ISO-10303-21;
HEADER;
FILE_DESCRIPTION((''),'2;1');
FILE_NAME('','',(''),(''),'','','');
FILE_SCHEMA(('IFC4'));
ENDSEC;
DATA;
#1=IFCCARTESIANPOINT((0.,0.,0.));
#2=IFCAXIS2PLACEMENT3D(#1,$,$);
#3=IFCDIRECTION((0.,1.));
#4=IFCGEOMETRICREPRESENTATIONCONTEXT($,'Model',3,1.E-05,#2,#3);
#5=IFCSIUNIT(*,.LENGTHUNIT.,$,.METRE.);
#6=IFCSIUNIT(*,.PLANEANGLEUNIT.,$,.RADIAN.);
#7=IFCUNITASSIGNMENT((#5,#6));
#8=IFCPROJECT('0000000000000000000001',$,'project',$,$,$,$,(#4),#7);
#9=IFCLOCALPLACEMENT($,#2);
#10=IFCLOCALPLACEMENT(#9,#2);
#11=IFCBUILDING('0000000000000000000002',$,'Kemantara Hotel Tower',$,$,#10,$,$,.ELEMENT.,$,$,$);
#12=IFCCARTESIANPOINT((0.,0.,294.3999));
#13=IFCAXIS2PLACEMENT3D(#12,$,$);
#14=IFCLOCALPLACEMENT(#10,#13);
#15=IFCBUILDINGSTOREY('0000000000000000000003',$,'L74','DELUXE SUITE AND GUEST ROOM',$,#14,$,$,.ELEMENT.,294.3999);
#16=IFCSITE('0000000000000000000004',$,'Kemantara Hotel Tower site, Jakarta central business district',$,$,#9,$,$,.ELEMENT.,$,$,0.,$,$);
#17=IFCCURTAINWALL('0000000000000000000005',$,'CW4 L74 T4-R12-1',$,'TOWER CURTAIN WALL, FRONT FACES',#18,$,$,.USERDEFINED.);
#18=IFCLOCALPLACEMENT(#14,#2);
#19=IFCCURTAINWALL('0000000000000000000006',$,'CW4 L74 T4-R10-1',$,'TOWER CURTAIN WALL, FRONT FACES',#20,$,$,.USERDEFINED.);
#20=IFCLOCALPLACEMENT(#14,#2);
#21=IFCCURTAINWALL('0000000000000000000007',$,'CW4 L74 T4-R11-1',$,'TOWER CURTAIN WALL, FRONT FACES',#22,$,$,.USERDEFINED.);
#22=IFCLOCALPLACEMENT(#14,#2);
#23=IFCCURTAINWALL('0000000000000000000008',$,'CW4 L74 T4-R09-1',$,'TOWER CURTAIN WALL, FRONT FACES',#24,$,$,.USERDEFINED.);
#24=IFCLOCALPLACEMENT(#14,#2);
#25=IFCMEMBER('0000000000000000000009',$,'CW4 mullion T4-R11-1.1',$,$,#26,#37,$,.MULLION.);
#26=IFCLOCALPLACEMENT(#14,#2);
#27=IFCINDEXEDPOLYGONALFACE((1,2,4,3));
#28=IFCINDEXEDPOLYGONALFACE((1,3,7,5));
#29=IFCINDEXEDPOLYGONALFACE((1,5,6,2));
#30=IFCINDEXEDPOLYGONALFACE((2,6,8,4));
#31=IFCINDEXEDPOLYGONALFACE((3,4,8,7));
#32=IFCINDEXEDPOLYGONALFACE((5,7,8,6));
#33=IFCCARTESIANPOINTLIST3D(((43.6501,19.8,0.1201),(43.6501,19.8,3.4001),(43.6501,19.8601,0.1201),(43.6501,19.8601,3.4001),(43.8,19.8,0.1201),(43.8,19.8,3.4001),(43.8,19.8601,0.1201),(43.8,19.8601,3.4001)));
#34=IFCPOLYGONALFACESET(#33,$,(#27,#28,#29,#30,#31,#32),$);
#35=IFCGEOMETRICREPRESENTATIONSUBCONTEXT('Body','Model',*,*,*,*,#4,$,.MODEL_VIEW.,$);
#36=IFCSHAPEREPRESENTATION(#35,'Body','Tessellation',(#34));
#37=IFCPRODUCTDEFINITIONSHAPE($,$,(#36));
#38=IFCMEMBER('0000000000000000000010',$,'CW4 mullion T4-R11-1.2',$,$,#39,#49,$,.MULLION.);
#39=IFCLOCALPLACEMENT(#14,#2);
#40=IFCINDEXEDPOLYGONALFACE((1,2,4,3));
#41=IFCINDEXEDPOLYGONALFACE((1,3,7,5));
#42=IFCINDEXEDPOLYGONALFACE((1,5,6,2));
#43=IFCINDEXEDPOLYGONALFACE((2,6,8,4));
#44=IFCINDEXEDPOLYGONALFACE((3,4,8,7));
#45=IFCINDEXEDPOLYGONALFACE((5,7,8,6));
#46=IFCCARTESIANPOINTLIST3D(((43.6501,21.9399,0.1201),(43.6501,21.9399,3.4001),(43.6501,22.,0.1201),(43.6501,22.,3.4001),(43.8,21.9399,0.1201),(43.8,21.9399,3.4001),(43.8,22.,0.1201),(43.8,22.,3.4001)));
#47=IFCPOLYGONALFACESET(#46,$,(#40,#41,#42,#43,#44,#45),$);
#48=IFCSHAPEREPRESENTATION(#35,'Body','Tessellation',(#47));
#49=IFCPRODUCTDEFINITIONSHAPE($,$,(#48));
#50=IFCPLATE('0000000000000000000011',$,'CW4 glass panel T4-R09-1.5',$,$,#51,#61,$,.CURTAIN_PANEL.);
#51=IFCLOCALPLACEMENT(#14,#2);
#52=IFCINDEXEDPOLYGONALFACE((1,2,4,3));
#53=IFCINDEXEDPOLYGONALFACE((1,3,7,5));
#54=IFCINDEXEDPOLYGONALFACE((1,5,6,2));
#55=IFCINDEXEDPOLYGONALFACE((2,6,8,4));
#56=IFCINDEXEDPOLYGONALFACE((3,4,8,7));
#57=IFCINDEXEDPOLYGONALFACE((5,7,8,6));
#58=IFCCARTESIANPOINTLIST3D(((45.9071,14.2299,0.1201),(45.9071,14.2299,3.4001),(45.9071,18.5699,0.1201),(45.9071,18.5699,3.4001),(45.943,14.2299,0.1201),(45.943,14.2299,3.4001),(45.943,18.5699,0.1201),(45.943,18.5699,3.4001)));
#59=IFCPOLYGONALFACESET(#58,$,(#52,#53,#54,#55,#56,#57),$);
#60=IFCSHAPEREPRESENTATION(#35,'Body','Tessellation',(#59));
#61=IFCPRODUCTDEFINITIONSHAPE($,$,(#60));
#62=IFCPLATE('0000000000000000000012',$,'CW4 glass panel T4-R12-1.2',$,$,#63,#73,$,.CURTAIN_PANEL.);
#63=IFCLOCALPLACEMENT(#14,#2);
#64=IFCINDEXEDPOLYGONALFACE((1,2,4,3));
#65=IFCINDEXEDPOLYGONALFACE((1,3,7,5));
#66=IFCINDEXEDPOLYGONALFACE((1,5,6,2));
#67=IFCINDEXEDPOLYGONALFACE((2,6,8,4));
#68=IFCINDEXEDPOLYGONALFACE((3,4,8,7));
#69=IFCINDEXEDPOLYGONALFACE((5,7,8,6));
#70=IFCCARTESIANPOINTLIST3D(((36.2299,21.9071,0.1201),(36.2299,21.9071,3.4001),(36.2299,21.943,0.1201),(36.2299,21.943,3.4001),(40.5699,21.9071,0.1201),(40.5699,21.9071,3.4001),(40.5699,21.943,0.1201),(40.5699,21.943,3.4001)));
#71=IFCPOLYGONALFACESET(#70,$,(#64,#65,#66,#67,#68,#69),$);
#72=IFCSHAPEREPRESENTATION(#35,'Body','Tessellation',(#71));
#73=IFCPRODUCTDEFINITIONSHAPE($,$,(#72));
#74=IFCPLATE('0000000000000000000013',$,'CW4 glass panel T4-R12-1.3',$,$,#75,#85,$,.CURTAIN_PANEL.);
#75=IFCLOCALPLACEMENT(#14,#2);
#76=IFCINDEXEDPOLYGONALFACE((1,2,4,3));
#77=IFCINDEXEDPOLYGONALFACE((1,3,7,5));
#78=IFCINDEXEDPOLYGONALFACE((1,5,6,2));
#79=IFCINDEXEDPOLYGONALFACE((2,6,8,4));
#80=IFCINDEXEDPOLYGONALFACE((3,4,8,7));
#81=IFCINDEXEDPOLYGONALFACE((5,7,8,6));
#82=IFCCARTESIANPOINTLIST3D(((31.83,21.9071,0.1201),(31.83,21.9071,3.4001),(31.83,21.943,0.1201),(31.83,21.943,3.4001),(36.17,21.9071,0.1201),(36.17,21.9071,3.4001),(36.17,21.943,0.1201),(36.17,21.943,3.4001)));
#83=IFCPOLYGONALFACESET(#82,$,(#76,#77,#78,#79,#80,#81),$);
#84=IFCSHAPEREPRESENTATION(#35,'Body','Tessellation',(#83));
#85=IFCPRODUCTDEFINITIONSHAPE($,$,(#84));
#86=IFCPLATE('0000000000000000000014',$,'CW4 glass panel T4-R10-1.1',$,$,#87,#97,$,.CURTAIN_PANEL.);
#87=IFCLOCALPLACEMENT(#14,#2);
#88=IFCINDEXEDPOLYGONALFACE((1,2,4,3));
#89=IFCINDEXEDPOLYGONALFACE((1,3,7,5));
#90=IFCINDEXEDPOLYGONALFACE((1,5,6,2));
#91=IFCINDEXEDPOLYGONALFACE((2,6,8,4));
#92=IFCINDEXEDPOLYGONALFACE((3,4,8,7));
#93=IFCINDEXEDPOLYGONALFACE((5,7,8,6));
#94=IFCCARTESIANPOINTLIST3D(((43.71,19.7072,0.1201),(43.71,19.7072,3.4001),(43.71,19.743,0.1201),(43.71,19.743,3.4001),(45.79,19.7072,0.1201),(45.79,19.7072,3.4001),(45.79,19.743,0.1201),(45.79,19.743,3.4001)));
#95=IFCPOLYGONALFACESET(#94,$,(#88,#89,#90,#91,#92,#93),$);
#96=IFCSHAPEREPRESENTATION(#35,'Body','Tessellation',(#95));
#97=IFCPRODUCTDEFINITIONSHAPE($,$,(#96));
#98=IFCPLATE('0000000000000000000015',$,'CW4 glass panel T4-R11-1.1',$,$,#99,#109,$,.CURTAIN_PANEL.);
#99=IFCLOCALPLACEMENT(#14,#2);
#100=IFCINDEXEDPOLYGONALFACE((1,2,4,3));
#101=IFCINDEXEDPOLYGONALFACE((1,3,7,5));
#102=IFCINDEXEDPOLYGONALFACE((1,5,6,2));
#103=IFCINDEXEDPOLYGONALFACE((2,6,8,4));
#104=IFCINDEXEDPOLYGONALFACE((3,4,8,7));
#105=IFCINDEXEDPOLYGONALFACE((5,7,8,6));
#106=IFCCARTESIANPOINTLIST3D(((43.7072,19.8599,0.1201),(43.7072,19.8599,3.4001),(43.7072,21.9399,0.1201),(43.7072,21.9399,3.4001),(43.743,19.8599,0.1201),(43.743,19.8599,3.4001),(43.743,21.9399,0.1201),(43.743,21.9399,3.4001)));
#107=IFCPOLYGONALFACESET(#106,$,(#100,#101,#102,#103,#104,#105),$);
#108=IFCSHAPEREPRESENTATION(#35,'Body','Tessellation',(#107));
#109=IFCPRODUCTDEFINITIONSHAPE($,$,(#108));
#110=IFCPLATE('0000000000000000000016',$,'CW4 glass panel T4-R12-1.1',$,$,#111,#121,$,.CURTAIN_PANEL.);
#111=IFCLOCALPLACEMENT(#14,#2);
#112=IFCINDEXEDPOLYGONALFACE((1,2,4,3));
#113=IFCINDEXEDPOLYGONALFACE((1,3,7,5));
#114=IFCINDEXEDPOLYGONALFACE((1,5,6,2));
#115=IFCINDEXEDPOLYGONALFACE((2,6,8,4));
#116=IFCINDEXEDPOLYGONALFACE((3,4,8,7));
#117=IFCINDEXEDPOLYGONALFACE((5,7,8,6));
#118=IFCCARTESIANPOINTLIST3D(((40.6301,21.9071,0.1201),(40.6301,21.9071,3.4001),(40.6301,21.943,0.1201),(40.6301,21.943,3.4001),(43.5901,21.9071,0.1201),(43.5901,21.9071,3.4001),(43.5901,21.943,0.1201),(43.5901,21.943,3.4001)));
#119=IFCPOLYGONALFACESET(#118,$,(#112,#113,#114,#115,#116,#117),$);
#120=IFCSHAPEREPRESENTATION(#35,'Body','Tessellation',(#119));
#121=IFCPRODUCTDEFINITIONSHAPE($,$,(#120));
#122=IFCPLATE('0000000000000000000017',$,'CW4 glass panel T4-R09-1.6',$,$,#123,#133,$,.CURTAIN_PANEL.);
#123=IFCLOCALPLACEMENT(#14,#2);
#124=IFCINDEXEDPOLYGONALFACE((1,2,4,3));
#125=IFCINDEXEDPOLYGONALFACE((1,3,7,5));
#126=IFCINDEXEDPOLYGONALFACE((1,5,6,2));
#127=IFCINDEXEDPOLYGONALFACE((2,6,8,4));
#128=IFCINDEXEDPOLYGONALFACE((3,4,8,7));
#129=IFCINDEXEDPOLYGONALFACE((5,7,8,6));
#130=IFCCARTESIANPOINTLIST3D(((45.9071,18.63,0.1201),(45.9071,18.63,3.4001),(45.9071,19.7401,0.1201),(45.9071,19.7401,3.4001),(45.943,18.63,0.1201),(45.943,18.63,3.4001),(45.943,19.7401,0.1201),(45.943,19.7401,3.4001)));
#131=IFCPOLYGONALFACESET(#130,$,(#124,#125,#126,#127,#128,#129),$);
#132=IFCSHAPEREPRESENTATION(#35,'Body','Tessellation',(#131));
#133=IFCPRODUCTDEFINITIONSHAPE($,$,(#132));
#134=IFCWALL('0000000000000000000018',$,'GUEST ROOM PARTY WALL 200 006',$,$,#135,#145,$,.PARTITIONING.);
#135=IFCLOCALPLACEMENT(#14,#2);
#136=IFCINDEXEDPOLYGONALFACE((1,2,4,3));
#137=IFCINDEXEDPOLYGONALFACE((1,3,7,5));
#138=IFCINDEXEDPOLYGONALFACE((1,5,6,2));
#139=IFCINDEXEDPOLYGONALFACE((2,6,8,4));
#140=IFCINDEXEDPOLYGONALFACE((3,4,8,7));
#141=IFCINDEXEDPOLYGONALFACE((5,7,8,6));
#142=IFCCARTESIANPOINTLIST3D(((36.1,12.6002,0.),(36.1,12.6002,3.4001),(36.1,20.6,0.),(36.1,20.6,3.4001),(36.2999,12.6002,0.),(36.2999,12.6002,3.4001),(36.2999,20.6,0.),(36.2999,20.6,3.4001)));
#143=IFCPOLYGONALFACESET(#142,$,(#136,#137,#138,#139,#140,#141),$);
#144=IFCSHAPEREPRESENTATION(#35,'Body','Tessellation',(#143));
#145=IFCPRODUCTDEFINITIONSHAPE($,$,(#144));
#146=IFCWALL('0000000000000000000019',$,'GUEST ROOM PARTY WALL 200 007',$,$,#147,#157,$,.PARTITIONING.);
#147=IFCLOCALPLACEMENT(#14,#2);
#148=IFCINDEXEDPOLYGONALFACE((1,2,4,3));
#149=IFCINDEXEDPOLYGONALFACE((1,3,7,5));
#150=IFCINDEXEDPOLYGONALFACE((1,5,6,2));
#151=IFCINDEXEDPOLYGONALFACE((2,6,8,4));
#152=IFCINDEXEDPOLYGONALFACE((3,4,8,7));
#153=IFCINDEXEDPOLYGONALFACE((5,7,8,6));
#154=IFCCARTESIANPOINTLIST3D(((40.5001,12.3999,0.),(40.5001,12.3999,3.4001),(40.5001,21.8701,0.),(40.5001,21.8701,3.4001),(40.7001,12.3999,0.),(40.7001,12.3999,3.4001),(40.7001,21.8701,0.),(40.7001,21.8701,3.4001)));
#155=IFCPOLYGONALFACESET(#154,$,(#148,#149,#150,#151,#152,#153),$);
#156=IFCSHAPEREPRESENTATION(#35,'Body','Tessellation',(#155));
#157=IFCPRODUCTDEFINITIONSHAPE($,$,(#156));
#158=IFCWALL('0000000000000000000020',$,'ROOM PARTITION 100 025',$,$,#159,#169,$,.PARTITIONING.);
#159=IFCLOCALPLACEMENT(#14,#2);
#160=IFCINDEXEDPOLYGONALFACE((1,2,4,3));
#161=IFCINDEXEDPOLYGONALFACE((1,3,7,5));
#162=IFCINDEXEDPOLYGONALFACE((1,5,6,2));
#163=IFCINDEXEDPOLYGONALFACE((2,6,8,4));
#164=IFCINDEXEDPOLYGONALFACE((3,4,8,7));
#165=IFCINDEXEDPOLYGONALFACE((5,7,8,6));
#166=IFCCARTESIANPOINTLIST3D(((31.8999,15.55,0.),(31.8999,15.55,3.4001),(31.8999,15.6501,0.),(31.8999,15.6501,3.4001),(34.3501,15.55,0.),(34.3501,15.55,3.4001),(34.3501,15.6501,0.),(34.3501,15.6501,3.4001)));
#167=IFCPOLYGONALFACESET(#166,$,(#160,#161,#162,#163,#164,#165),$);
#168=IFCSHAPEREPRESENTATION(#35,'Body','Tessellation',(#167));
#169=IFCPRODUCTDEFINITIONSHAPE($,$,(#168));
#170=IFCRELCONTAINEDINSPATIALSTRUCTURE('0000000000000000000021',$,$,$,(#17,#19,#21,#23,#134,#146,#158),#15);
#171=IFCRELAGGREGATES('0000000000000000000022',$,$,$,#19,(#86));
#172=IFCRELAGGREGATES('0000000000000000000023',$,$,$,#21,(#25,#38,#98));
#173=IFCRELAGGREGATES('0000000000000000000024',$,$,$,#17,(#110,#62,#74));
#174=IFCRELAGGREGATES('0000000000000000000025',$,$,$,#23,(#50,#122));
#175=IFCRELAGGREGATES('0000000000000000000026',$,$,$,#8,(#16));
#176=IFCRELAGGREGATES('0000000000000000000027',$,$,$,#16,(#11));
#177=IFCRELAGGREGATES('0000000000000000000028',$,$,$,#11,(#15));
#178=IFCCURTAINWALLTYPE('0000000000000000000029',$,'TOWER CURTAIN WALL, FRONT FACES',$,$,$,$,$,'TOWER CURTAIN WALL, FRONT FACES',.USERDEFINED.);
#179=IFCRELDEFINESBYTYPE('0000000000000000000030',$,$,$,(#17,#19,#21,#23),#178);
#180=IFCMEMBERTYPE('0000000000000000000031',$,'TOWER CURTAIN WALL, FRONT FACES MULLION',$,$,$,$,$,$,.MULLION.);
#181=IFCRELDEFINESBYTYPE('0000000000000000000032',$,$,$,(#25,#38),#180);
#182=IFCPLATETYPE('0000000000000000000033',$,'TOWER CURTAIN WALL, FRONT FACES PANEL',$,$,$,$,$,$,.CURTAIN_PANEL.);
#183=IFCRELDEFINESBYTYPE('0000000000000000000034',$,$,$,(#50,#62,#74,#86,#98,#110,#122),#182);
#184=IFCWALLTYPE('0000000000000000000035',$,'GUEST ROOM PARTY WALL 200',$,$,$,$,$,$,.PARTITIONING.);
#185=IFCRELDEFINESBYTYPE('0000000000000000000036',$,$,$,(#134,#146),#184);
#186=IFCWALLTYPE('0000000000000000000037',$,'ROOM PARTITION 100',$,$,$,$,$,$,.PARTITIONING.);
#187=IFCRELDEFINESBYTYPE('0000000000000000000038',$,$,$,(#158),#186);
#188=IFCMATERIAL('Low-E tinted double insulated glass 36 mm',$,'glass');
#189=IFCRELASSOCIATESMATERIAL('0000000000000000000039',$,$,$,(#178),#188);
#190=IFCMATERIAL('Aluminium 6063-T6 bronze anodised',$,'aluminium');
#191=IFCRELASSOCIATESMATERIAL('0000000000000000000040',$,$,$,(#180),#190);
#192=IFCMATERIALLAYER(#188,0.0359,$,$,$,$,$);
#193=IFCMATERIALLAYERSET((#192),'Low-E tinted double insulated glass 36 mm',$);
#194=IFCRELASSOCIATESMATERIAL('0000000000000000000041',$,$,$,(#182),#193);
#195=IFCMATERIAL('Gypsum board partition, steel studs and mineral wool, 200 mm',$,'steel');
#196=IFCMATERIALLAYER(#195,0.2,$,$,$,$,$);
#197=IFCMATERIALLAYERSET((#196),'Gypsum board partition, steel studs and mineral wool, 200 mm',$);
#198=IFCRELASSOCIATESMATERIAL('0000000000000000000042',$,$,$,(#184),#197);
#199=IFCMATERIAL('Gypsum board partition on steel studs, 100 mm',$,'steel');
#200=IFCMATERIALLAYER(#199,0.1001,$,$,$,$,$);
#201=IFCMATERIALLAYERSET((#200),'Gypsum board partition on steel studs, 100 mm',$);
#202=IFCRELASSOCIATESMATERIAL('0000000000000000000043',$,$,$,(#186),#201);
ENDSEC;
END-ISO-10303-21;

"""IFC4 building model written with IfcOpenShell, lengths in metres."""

from ifc_helpers import new_model, si_unit, direction, frame, frame_2d, origin, origin_2d, place, context, subcontext, project, spatial, rectangle, extrude, source, transform, mapped, material, layer, layer_set, material_profile, profile_set, type_object, element, aggregate, save


model = new_model("IFC4")

# Units and contexts
model_context = context("Model", 3, precision=1e-05, world=origin(), true_north=direction((0.0, 1.0)))
body_context = subcontext(model_context, "Body", "Model", "MODEL_VIEW")
ifc_project = project(units=[si_unit("LENGTHUNIT", "METRE"), si_unit("PLANEANGLEUNIT", "RADIAN")], contexts=[model_context])

# Site, building, storey
site_placement = place(None, origin())
site = spatial("IfcSite", under=ifc_project, at=site_placement, Name="Kemantara Hotel Tower site, Jakarta central business district", CompositionType="ELEMENT", RefElevation=0.0)
building_placement = place(site_placement, origin())
building = spatial("IfcBuilding", under=site, at=building_placement, Name="Kemantara Hotel Tower", CompositionType="ELEMENT")
storey_placement = place(building_placement, frame((0.0, 0.0, 294.3999)))
storey = spatial("IfcBuildingStorey", under=building, at=storey_placement, Name="L74", Description="DELUXE SUITE AND GUEST ROOM", CompositionType="ELEMENT", Elevation=294.3999)

# Curtain walls
ifc_material_1 = material(Name="Low-E tinted double insulated glass 36 mm", Category="glass")
curtain_wall_type = type_object("IfcCurtainWallType", Name="TOWER CURTAIN WALL, FRONT FACES", ElementType="TOWER CURTAIN WALL, FRONT FACES", PredefinedType="USERDEFINED", material=ifc_material_1)
curtain_wall_1_placement = place(storey_placement, origin())
curtain_wall_1 = element("IfcCurtainWall", 1, at=curtain_wall_1_placement, inside=storey, type_object=curtain_wall_type, Name="CW4 L74 T4-R12-1", ObjectType="TOWER CURTAIN WALL, FRONT FACES", PredefinedType="USERDEFINED")
ifc_material_2 = material(Name="Aluminium 6063-T6 bronze anodised", Category="aluminium")
curtain_wall_2_placement = place(storey_placement, origin())
curtain_wall_2 = element("IfcCurtainWall", 2, at=curtain_wall_2_placement, inside=storey, type_object=curtain_wall_type, Name="CW4 L74 T4-R10-1", ObjectType="TOWER CURTAIN WALL, FRONT FACES", PredefinedType="USERDEFINED")
curtain_wall_3_placement = place(storey_placement, origin())
curtain_wall_3 = element("IfcCurtainWall", 3, at=curtain_wall_3_placement, inside=storey, type_object=curtain_wall_type, Name="CW4 L74 T4-R11-1", ObjectType="TOWER CURTAIN WALL, FRONT FACES", PredefinedType="USERDEFINED")

# Curtain wall
curtain_wall_4_placement = place(storey_placement, origin())
curtain_wall_4 = element("IfcCurtainWall", 4, at=curtain_wall_4_placement, inside=storey, type_object=curtain_wall_type, Name="CW4 L74 T4-R09-1", ObjectType="TOWER CURTAIN WALL, FRONT FACES", PredefinedType="USERDEFINED")
ifc_material_profile_1 = material_profile(ifc_material_2, rectangle(XDim=0.1499, YDim=0.0601, at=origin_2d()), Name="TOWER CURTAIN WALL, FRONT FACES MULLION")
ifc_profile_set_1 = profile_set([ifc_material_profile_1], Name="Aluminium 6063-T6 bronze anodised")
member_type_1 = type_object("IfcMemberType", Name="TOWER CURTAIN WALL, FRONT FACES MULLION", PredefinedType="MULLION", material=ifc_profile_set_1)
shared_shape_1 = source(origin(), body_context, "Body", "SweptSolid", [
    extrude(rectangle(XDim=0.1499, YDim=0.0601, at=origin_2d()), origin(), (0.0, 0.0, 1.0), 3.28),
])

# Members
member_1_placement = place(storey_placement, frame((43.7251, 19.8301, 0.1201), z_axis=(0.0, 0.0, 1.0), x_axis=(-1.0, 0.0, 0.0)))
member_1 = element("IfcMember", 5, at=member_1_placement, type_object=member_type_1, Name="CW4 mullion T4-R11-1.1", PredefinedType="MULLION", context=body_context, shape_type="MappedRepresentation", body=[
    mapped(shared_shape_1, transform((0.0, 0.0, 0.0))),
])
member_2_placement = place(storey_placement, frame((43.7251, 21.97, 0.1201), z_axis=(0.0, 0.0, 1.0), x_axis=(-1.0, 0.0, 0.0)))
member_2 = element("IfcMember", 6, at=member_2_placement, type_object=member_type_1, Name="CW4 mullion T4-R11-1.2", PredefinedType="MULLION", context=body_context, shape_type="MappedRepresentation", body=[
    mapped(shared_shape_1, transform((0.0, 0.0, 0.0))),
])

# Plates
ifc_layer_1 = layer(ifc_material_1, 0.0359)
ifc_layer_set_1 = layer_set([ifc_layer_1], Name="Low-E tinted double insulated glass 36 mm")
plate_type = type_object("IfcPlateType", Name="TOWER CURTAIN WALL, FRONT FACES PANEL", PredefinedType="CURTAIN_PANEL", material=ifc_layer_set_1)
shared_shape_2 = source(origin(), body_context, "Body", "SweptSolid", [
    extrude(rectangle(XDim=4.3401, YDim=0.0359, at=origin_2d()), origin(), (0.0, 0.0, 1.0), 3.28),
])
plate_1_placement = place(storey_placement, frame((45.925, 16.3999, 0.1201), z_axis=(0.0, 0.0, 1.0), x_axis=(0.0, 1.0, 0.0)))
plate_1 = element("IfcPlate", 7, at=plate_1_placement, type_object=plate_type, Name="CW4 glass panel T4-R09-1.5", PredefinedType="CURTAIN_PANEL", context=body_context, shape_type="MappedRepresentation", body=[
    mapped(shared_shape_2, transform((0.0, 0.0, 0.0))),
])
plate_2_placement = place(storey_placement, frame((38.3999, 21.925, 0.1201), z_axis=(0.0, 0.0, 1.0), x_axis=(-1.0, 0.0, 0.0)))
plate_2 = element("IfcPlate", 8, at=plate_2_placement, type_object=plate_type, Name="CW4 glass panel T4-R12-1.2", PredefinedType="CURTAIN_PANEL", context=body_context, shape_type="MappedRepresentation", body=[
    mapped(shared_shape_2, transform((0.0, 0.0, 0.0))),
])
plate_3_placement = place(storey_placement, frame((34.0, 21.925, 0.1201), z_axis=(0.0, 0.0, 1.0), x_axis=(-1.0, 0.0, 0.0)))
plate_3 = element("IfcPlate", 9, at=plate_3_placement, type_object=plate_type, Name="CW4 glass panel T4-R12-1.3", PredefinedType="CURTAIN_PANEL", context=body_context, shape_type="MappedRepresentation", body=[
    mapped(shared_shape_2, transform((0.0, 0.0, 0.0))),
])
shared_shape_3 = source(origin(), body_context, "Body", "SweptSolid", [
    extrude(rectangle(XDim=2.0801, YDim=0.0359, at=origin_2d()), origin(), (0.0, 0.0, 1.0), 3.28),
])
plate_4_placement = place(storey_placement, frame((44.75, 19.7251, 0.1201), z_axis=(0.0, 0.0, 1.0), x_axis=(-1.0, 0.0, 0.0)))
plate_4 = element("IfcPlate", 10, at=plate_4_placement, type_object=plate_type, Name="CW4 glass panel T4-R10-1.1", PredefinedType="CURTAIN_PANEL", context=body_context, shape_type="MappedRepresentation", body=[
    mapped(shared_shape_3, transform((0.0, 0.0, 0.0))),
])
aggregate(curtain_wall_2, [plate_4])
plate_5_placement = place(storey_placement, frame((43.7251, 20.8999, 0.1201), z_axis=(0.0, 0.0, 1.0), x_axis=(0.0, 1.0, 0.0)))
plate_5 = element("IfcPlate", 11, at=plate_5_placement, type_object=plate_type, Name="CW4 glass panel T4-R11-1.1", PredefinedType="CURTAIN_PANEL", context=body_context, shape_type="MappedRepresentation", body=[
    mapped(shared_shape_3, transform((0.0, 0.0, 0.0))),
])
aggregate(curtain_wall_3, [member_1, member_2, plate_5])
shared_shape_4 = source(origin(), body_context, "Body", "SweptSolid", [
    extrude(rectangle(XDim=2.96, YDim=0.0359, at=origin_2d()), origin(), (0.0, 0.0, 1.0), 3.28),
])
plate_6_placement = place(storey_placement, frame((42.1101, 21.925, 0.1201), z_axis=(0.0, 0.0, 1.0), x_axis=(-1.0, 0.0, 0.0)))
plate_6 = element("IfcPlate", 12, at=plate_6_placement, type_object=plate_type, Name="CW4 glass panel T4-R12-1.1", PredefinedType="CURTAIN_PANEL", context=body_context, shape_type="MappedRepresentation", body=[
    mapped(shared_shape_4, transform((0.0, 0.0, 0.0))),
])
aggregate(curtain_wall_1, [plate_6, plate_2, plate_3])
shared_shape_5 = source(origin(), body_context, "Body", "SweptSolid", [
    extrude(rectangle(XDim=1.1101, YDim=0.0359, at=origin_2d()), origin(), (0.0, 0.0, 1.0), 3.28),
])
plate_7_placement = place(storey_placement, frame((45.925, 19.1851, 0.1201), z_axis=(0.0, 0.0, 1.0), x_axis=(0.0, 1.0, 0.0)))
plate_7 = element("IfcPlate", 13, at=plate_7_placement, type_object=plate_type, Name="CW4 glass panel T4-R09-1.6", PredefinedType="CURTAIN_PANEL", context=body_context, shape_type="MappedRepresentation", body=[
    mapped(shared_shape_5, transform((0.0, 0.0, 0.0))),
])
aggregate(curtain_wall_4, [plate_1, plate_7])

# Walls
ifc_material_3 = material(Name="Gypsum board partition, steel studs and mineral wool, 200 mm", Category="steel")
ifc_layer_2 = layer(ifc_material_3, 0.2)
ifc_layer_set_2 = layer_set([ifc_layer_2], Name="Gypsum board partition, steel studs and mineral wool, 200 mm")
wall_type_1 = type_object("IfcWallType", Name="GUEST ROOM PARTY WALL 200", PredefinedType="PARTITIONING", material=ifc_layer_set_2)
wall_1_placement = place(storey_placement, frame((36.2, 12.6001, 0.0), z_axis=(0.0, 0.0, 1.0), x_axis=(0.0, 1.0, 0.0)))
element("IfcWall", 14, at=wall_1_placement, inside=storey, type_object=wall_type_1, Name="GUEST ROOM PARTY WALL 200 006", PredefinedType="PARTITIONING", context=body_context, shape_type="SweptSolid", body=[
    extrude(rectangle(XDim=7.9998, YDim=0.2, at=frame_2d((4.0, 0.0))), origin(), (0.0, 0.0, 1.0), 3.4001),
])
wall_2_placement = place(storey_placement, frame((40.6001, 12.3999, 0.0), z_axis=(0.0, 0.0, 1.0), x_axis=(0.0, 1.0, 0.0)))
element("IfcWall", 15, at=wall_2_placement, inside=storey, type_object=wall_type_1, Name="GUEST ROOM PARTY WALL 200 007", PredefinedType="PARTITIONING", context=body_context, shape_type="SweptSolid", body=[
    extrude(rectangle(XDim=9.4702, YDim=0.2, at=frame_2d((4.7351, 0.0))), origin(), (0.0, 0.0, 1.0), 3.4001),
])
ifc_material_4 = material(Name="Gypsum board partition on steel studs, 100 mm", Category="steel")
ifc_layer_3 = layer(ifc_material_4, 0.1001)
ifc_layer_set_3 = layer_set([ifc_layer_3], Name="Gypsum board partition on steel studs, 100 mm")
wall_type_2 = type_object("IfcWallType", Name="ROOM PARTITION 100", PredefinedType="PARTITIONING", material=ifc_layer_set_3)
wall_3_placement = place(storey_placement, frame((31.8999, 15.6001, 0.0), z_axis=(0.0, 0.0, 1.0), x_axis=(1.0, 0.0, 0.0)))
element("IfcWall", 16, at=wall_3_placement, inside=storey, type_object=wall_type_2, Name="ROOM PARTITION 100 025", PredefinedType="PARTITIONING", context=body_context, shape_type="SweptSolid", body=[
    extrude(rectangle(XDim=2.4502, YDim=0.1001, at=frame_2d((1.2251, 0.0))), origin(), (0.0, 0.0, 1.0), 3.4001),
])

save(model, "model.ifc")
